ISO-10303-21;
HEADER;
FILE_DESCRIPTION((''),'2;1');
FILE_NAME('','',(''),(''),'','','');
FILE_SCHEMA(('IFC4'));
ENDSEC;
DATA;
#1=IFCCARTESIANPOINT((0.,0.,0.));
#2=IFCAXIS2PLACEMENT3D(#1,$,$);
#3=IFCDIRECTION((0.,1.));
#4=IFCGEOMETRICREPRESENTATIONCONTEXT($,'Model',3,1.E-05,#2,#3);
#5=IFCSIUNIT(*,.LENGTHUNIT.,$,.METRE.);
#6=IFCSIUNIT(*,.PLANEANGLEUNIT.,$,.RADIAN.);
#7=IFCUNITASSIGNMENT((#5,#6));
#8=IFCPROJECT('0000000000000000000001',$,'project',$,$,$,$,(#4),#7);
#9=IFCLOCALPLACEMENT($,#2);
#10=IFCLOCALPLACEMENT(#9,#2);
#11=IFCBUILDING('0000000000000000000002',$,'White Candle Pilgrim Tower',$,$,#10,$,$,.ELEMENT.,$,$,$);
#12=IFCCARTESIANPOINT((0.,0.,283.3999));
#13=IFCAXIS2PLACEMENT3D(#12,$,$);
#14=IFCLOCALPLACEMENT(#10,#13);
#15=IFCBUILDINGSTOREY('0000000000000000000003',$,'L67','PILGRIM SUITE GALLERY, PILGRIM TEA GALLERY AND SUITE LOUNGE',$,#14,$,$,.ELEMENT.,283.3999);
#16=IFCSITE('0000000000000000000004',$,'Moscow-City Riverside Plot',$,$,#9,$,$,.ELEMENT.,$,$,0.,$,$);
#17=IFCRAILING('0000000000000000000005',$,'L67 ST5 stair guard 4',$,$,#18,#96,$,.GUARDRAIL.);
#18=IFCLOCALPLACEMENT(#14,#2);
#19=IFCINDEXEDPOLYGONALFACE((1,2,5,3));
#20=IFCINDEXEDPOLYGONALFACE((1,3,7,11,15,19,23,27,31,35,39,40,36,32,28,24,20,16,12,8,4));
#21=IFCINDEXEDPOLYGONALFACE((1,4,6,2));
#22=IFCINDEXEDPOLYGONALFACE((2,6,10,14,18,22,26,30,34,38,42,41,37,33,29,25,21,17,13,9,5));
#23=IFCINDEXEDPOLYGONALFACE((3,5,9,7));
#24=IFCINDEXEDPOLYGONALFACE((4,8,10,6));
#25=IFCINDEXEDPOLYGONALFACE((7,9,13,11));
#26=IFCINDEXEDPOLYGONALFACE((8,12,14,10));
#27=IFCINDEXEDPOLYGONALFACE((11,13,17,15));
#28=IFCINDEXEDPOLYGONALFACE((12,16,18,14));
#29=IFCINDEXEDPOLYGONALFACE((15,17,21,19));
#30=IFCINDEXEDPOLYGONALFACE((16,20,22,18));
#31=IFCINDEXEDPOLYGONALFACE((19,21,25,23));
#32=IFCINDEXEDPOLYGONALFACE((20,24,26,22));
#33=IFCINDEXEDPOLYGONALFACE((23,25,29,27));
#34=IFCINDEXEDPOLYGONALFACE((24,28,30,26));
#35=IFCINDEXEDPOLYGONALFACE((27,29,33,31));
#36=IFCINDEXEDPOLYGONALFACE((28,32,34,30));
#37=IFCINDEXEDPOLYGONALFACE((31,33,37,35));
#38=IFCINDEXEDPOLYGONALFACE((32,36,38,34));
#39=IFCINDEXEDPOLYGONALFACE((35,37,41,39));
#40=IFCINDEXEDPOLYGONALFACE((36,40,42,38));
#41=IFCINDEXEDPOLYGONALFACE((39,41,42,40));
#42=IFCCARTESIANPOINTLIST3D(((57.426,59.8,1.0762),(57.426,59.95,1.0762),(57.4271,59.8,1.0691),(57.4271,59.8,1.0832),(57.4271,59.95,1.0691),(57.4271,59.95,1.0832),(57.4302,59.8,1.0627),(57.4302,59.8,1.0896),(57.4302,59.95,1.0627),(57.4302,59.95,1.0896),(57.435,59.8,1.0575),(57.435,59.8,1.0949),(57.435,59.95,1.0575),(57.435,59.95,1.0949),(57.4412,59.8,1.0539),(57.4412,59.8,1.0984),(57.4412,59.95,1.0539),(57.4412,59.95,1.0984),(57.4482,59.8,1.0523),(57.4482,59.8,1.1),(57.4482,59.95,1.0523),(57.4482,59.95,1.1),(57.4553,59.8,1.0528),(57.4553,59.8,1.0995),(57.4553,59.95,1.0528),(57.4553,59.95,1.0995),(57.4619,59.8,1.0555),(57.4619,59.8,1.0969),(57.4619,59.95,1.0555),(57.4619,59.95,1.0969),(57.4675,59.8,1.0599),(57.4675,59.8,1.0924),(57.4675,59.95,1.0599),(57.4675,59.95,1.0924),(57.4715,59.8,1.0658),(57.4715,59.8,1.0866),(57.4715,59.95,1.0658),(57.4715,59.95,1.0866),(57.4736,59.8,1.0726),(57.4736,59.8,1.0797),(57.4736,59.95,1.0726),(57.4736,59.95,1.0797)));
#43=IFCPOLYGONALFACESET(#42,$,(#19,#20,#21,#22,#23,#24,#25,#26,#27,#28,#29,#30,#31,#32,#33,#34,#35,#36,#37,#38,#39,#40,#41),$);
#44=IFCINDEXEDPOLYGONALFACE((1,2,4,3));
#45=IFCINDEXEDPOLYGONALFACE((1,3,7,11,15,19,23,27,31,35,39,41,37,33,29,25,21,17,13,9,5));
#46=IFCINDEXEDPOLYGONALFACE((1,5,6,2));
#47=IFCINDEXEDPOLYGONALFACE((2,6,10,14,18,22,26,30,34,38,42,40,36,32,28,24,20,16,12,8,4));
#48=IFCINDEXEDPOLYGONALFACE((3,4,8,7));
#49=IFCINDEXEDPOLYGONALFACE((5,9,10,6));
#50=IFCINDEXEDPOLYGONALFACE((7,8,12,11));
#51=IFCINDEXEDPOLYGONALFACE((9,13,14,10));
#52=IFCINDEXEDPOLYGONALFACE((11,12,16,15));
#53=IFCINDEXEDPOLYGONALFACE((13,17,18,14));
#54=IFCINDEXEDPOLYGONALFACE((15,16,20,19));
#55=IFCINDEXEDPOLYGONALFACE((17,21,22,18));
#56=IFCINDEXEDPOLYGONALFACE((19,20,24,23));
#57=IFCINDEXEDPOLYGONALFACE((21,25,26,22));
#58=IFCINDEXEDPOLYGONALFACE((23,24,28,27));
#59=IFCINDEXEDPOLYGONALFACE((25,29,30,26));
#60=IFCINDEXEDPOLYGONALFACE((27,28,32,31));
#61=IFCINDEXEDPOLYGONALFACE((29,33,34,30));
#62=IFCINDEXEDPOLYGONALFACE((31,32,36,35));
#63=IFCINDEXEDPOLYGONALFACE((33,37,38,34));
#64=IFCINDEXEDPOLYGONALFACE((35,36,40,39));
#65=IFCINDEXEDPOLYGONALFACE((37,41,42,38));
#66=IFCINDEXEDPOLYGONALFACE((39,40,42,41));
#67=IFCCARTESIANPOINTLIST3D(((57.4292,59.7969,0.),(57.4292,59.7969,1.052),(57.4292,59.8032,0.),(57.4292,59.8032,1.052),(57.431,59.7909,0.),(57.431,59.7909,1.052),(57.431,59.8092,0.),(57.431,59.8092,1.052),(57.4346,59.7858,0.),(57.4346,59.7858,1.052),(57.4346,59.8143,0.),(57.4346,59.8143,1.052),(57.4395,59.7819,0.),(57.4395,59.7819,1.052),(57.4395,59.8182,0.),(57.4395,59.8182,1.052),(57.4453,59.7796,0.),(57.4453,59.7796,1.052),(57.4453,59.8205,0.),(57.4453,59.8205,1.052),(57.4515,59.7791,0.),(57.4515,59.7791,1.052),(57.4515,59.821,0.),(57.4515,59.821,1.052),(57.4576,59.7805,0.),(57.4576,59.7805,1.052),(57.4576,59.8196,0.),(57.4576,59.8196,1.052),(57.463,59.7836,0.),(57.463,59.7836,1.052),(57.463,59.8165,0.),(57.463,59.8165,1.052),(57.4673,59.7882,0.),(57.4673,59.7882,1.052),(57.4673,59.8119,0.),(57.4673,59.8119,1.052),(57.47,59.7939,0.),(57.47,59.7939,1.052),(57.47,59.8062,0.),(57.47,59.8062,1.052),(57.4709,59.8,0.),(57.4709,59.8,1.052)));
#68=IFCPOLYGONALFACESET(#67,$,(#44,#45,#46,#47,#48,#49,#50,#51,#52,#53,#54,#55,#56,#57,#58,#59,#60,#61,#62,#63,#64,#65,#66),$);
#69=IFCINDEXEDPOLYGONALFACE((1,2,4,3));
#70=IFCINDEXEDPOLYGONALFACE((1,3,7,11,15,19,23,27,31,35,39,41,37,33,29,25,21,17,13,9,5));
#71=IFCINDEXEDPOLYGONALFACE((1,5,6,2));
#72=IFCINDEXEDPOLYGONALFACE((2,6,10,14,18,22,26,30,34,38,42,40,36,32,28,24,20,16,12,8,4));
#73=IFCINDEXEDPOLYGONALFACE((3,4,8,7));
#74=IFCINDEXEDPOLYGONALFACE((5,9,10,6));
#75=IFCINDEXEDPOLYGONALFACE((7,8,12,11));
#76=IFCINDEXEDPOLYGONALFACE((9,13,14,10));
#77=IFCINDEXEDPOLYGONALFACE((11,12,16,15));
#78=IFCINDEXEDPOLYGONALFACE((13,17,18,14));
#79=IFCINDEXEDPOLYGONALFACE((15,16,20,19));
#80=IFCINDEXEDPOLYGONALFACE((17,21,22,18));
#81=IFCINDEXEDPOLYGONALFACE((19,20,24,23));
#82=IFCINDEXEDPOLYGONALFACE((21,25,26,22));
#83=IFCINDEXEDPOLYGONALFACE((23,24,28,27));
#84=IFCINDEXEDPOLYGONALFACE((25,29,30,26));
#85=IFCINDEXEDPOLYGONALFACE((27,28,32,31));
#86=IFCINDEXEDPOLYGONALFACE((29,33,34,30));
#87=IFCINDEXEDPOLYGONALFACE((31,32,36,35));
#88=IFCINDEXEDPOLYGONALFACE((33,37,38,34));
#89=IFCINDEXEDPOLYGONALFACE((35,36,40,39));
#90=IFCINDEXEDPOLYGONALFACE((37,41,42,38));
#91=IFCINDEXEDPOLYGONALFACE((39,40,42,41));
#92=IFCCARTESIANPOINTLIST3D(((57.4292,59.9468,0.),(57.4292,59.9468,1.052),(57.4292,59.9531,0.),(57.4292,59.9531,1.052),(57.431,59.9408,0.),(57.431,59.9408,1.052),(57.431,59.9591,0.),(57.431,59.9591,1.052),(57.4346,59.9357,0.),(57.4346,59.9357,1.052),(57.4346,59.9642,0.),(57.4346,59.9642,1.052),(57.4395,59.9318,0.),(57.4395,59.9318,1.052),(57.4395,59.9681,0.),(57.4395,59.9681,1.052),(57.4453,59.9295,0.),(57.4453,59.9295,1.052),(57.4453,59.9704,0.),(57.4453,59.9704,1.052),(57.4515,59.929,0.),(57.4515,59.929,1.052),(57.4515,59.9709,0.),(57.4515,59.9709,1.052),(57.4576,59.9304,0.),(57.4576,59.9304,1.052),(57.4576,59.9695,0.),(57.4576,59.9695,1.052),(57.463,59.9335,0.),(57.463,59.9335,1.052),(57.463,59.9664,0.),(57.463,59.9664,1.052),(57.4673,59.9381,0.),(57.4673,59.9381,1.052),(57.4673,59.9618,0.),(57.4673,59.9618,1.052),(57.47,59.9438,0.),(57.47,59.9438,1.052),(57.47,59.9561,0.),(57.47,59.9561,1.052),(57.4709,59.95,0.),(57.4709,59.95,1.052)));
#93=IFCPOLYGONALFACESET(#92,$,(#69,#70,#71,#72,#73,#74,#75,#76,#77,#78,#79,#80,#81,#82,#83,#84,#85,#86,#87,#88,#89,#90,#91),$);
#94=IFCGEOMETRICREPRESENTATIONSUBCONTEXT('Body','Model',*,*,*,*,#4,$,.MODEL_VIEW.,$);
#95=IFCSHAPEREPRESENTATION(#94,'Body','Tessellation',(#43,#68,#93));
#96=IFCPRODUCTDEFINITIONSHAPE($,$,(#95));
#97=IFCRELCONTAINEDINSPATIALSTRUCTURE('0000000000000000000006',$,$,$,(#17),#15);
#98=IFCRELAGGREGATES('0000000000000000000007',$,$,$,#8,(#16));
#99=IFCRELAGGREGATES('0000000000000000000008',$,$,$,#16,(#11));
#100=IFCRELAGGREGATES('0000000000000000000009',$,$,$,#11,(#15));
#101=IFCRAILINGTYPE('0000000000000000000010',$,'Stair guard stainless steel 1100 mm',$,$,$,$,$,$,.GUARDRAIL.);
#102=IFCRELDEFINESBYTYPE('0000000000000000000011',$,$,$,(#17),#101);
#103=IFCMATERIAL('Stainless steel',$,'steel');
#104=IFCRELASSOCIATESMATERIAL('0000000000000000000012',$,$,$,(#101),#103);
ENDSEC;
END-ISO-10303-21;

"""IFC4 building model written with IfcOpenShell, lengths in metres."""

from ifc_helpers import new_model, si_unit, direction, frame, origin, origin_2d, place, context, subcontext, project, spatial, circle, extrude, material, type_object, element, save


model = new_model("IFC4")

# Units and contexts
model_context = context("Model", 3, precision=1e-05, world=origin(), true_north=direction((0.0, 1.0)))
body_context = subcontext(model_context, "Body", "Model", "MODEL_VIEW")
ifc_project = project(units=[si_unit("LENGTHUNIT", "METRE"), si_unit("PLANEANGLEUNIT", "RADIAN")], contexts=[model_context])

# Site, building, storey
site_placement = place(None, origin())
site = spatial("IfcSite", under=ifc_project, at=site_placement, Name="Moscow-City Riverside Plot", CompositionType="ELEMENT", RefElevation=0.0)
building_placement = place(site_placement, origin())
building = spatial("IfcBuilding", under=site, at=building_placement, Name="White Candle Pilgrim Tower", CompositionType="ELEMENT")
storey_placement = place(building_placement, frame((0.0, 0.0, 283.3999)))
storey = spatial("IfcBuildingStorey", under=building, at=storey_placement, Name="L67", Description="PILGRIM SUITE GALLERY, PILGRIM TEA GALLERY AND SUITE LOUNGE", CompositionType="ELEMENT", Elevation=283.3999)

# Railing
ifc_material_1 = material(Name="Stainless steel", Category="steel")
railing_type_1 = type_object("IfcRailingType", Name="Stair guard stainless steel 1100 mm", PredefinedType="GUARDRAIL", material=ifc_material_1)
railing_1_placement = place(storey_placement, frame((57.45, 59.8, 0.0)))
element("IfcRailing", 1, at=railing_1_placement, inside=storey, type_object=railing_type_1, Name="L67 ST5 stair guard 4", PredefinedType="GUARDRAIL", context=body_context, shape_type="SweptSolid", body=[
    extrude(circle(Radius=0.0239, at=origin_2d()), frame((0.0, 0.0, 1.0762), z_axis=(0.0, 1.0, 0.0), x_axis=(-1.0, 0.0, 0.0)), (0.0, 0.0, 1.0), 0.1499),
    extrude(circle(Radius=0.021, at=origin_2d()), origin(), (0.0, 0.0, 1.0), 1.052),
    extrude(circle(Radius=0.021, at=origin_2d()), frame((0.0, 0.1499, 0.0)), (0.0, 0.0, 1.0), 1.052),
])

save(model, "model.ifc")
